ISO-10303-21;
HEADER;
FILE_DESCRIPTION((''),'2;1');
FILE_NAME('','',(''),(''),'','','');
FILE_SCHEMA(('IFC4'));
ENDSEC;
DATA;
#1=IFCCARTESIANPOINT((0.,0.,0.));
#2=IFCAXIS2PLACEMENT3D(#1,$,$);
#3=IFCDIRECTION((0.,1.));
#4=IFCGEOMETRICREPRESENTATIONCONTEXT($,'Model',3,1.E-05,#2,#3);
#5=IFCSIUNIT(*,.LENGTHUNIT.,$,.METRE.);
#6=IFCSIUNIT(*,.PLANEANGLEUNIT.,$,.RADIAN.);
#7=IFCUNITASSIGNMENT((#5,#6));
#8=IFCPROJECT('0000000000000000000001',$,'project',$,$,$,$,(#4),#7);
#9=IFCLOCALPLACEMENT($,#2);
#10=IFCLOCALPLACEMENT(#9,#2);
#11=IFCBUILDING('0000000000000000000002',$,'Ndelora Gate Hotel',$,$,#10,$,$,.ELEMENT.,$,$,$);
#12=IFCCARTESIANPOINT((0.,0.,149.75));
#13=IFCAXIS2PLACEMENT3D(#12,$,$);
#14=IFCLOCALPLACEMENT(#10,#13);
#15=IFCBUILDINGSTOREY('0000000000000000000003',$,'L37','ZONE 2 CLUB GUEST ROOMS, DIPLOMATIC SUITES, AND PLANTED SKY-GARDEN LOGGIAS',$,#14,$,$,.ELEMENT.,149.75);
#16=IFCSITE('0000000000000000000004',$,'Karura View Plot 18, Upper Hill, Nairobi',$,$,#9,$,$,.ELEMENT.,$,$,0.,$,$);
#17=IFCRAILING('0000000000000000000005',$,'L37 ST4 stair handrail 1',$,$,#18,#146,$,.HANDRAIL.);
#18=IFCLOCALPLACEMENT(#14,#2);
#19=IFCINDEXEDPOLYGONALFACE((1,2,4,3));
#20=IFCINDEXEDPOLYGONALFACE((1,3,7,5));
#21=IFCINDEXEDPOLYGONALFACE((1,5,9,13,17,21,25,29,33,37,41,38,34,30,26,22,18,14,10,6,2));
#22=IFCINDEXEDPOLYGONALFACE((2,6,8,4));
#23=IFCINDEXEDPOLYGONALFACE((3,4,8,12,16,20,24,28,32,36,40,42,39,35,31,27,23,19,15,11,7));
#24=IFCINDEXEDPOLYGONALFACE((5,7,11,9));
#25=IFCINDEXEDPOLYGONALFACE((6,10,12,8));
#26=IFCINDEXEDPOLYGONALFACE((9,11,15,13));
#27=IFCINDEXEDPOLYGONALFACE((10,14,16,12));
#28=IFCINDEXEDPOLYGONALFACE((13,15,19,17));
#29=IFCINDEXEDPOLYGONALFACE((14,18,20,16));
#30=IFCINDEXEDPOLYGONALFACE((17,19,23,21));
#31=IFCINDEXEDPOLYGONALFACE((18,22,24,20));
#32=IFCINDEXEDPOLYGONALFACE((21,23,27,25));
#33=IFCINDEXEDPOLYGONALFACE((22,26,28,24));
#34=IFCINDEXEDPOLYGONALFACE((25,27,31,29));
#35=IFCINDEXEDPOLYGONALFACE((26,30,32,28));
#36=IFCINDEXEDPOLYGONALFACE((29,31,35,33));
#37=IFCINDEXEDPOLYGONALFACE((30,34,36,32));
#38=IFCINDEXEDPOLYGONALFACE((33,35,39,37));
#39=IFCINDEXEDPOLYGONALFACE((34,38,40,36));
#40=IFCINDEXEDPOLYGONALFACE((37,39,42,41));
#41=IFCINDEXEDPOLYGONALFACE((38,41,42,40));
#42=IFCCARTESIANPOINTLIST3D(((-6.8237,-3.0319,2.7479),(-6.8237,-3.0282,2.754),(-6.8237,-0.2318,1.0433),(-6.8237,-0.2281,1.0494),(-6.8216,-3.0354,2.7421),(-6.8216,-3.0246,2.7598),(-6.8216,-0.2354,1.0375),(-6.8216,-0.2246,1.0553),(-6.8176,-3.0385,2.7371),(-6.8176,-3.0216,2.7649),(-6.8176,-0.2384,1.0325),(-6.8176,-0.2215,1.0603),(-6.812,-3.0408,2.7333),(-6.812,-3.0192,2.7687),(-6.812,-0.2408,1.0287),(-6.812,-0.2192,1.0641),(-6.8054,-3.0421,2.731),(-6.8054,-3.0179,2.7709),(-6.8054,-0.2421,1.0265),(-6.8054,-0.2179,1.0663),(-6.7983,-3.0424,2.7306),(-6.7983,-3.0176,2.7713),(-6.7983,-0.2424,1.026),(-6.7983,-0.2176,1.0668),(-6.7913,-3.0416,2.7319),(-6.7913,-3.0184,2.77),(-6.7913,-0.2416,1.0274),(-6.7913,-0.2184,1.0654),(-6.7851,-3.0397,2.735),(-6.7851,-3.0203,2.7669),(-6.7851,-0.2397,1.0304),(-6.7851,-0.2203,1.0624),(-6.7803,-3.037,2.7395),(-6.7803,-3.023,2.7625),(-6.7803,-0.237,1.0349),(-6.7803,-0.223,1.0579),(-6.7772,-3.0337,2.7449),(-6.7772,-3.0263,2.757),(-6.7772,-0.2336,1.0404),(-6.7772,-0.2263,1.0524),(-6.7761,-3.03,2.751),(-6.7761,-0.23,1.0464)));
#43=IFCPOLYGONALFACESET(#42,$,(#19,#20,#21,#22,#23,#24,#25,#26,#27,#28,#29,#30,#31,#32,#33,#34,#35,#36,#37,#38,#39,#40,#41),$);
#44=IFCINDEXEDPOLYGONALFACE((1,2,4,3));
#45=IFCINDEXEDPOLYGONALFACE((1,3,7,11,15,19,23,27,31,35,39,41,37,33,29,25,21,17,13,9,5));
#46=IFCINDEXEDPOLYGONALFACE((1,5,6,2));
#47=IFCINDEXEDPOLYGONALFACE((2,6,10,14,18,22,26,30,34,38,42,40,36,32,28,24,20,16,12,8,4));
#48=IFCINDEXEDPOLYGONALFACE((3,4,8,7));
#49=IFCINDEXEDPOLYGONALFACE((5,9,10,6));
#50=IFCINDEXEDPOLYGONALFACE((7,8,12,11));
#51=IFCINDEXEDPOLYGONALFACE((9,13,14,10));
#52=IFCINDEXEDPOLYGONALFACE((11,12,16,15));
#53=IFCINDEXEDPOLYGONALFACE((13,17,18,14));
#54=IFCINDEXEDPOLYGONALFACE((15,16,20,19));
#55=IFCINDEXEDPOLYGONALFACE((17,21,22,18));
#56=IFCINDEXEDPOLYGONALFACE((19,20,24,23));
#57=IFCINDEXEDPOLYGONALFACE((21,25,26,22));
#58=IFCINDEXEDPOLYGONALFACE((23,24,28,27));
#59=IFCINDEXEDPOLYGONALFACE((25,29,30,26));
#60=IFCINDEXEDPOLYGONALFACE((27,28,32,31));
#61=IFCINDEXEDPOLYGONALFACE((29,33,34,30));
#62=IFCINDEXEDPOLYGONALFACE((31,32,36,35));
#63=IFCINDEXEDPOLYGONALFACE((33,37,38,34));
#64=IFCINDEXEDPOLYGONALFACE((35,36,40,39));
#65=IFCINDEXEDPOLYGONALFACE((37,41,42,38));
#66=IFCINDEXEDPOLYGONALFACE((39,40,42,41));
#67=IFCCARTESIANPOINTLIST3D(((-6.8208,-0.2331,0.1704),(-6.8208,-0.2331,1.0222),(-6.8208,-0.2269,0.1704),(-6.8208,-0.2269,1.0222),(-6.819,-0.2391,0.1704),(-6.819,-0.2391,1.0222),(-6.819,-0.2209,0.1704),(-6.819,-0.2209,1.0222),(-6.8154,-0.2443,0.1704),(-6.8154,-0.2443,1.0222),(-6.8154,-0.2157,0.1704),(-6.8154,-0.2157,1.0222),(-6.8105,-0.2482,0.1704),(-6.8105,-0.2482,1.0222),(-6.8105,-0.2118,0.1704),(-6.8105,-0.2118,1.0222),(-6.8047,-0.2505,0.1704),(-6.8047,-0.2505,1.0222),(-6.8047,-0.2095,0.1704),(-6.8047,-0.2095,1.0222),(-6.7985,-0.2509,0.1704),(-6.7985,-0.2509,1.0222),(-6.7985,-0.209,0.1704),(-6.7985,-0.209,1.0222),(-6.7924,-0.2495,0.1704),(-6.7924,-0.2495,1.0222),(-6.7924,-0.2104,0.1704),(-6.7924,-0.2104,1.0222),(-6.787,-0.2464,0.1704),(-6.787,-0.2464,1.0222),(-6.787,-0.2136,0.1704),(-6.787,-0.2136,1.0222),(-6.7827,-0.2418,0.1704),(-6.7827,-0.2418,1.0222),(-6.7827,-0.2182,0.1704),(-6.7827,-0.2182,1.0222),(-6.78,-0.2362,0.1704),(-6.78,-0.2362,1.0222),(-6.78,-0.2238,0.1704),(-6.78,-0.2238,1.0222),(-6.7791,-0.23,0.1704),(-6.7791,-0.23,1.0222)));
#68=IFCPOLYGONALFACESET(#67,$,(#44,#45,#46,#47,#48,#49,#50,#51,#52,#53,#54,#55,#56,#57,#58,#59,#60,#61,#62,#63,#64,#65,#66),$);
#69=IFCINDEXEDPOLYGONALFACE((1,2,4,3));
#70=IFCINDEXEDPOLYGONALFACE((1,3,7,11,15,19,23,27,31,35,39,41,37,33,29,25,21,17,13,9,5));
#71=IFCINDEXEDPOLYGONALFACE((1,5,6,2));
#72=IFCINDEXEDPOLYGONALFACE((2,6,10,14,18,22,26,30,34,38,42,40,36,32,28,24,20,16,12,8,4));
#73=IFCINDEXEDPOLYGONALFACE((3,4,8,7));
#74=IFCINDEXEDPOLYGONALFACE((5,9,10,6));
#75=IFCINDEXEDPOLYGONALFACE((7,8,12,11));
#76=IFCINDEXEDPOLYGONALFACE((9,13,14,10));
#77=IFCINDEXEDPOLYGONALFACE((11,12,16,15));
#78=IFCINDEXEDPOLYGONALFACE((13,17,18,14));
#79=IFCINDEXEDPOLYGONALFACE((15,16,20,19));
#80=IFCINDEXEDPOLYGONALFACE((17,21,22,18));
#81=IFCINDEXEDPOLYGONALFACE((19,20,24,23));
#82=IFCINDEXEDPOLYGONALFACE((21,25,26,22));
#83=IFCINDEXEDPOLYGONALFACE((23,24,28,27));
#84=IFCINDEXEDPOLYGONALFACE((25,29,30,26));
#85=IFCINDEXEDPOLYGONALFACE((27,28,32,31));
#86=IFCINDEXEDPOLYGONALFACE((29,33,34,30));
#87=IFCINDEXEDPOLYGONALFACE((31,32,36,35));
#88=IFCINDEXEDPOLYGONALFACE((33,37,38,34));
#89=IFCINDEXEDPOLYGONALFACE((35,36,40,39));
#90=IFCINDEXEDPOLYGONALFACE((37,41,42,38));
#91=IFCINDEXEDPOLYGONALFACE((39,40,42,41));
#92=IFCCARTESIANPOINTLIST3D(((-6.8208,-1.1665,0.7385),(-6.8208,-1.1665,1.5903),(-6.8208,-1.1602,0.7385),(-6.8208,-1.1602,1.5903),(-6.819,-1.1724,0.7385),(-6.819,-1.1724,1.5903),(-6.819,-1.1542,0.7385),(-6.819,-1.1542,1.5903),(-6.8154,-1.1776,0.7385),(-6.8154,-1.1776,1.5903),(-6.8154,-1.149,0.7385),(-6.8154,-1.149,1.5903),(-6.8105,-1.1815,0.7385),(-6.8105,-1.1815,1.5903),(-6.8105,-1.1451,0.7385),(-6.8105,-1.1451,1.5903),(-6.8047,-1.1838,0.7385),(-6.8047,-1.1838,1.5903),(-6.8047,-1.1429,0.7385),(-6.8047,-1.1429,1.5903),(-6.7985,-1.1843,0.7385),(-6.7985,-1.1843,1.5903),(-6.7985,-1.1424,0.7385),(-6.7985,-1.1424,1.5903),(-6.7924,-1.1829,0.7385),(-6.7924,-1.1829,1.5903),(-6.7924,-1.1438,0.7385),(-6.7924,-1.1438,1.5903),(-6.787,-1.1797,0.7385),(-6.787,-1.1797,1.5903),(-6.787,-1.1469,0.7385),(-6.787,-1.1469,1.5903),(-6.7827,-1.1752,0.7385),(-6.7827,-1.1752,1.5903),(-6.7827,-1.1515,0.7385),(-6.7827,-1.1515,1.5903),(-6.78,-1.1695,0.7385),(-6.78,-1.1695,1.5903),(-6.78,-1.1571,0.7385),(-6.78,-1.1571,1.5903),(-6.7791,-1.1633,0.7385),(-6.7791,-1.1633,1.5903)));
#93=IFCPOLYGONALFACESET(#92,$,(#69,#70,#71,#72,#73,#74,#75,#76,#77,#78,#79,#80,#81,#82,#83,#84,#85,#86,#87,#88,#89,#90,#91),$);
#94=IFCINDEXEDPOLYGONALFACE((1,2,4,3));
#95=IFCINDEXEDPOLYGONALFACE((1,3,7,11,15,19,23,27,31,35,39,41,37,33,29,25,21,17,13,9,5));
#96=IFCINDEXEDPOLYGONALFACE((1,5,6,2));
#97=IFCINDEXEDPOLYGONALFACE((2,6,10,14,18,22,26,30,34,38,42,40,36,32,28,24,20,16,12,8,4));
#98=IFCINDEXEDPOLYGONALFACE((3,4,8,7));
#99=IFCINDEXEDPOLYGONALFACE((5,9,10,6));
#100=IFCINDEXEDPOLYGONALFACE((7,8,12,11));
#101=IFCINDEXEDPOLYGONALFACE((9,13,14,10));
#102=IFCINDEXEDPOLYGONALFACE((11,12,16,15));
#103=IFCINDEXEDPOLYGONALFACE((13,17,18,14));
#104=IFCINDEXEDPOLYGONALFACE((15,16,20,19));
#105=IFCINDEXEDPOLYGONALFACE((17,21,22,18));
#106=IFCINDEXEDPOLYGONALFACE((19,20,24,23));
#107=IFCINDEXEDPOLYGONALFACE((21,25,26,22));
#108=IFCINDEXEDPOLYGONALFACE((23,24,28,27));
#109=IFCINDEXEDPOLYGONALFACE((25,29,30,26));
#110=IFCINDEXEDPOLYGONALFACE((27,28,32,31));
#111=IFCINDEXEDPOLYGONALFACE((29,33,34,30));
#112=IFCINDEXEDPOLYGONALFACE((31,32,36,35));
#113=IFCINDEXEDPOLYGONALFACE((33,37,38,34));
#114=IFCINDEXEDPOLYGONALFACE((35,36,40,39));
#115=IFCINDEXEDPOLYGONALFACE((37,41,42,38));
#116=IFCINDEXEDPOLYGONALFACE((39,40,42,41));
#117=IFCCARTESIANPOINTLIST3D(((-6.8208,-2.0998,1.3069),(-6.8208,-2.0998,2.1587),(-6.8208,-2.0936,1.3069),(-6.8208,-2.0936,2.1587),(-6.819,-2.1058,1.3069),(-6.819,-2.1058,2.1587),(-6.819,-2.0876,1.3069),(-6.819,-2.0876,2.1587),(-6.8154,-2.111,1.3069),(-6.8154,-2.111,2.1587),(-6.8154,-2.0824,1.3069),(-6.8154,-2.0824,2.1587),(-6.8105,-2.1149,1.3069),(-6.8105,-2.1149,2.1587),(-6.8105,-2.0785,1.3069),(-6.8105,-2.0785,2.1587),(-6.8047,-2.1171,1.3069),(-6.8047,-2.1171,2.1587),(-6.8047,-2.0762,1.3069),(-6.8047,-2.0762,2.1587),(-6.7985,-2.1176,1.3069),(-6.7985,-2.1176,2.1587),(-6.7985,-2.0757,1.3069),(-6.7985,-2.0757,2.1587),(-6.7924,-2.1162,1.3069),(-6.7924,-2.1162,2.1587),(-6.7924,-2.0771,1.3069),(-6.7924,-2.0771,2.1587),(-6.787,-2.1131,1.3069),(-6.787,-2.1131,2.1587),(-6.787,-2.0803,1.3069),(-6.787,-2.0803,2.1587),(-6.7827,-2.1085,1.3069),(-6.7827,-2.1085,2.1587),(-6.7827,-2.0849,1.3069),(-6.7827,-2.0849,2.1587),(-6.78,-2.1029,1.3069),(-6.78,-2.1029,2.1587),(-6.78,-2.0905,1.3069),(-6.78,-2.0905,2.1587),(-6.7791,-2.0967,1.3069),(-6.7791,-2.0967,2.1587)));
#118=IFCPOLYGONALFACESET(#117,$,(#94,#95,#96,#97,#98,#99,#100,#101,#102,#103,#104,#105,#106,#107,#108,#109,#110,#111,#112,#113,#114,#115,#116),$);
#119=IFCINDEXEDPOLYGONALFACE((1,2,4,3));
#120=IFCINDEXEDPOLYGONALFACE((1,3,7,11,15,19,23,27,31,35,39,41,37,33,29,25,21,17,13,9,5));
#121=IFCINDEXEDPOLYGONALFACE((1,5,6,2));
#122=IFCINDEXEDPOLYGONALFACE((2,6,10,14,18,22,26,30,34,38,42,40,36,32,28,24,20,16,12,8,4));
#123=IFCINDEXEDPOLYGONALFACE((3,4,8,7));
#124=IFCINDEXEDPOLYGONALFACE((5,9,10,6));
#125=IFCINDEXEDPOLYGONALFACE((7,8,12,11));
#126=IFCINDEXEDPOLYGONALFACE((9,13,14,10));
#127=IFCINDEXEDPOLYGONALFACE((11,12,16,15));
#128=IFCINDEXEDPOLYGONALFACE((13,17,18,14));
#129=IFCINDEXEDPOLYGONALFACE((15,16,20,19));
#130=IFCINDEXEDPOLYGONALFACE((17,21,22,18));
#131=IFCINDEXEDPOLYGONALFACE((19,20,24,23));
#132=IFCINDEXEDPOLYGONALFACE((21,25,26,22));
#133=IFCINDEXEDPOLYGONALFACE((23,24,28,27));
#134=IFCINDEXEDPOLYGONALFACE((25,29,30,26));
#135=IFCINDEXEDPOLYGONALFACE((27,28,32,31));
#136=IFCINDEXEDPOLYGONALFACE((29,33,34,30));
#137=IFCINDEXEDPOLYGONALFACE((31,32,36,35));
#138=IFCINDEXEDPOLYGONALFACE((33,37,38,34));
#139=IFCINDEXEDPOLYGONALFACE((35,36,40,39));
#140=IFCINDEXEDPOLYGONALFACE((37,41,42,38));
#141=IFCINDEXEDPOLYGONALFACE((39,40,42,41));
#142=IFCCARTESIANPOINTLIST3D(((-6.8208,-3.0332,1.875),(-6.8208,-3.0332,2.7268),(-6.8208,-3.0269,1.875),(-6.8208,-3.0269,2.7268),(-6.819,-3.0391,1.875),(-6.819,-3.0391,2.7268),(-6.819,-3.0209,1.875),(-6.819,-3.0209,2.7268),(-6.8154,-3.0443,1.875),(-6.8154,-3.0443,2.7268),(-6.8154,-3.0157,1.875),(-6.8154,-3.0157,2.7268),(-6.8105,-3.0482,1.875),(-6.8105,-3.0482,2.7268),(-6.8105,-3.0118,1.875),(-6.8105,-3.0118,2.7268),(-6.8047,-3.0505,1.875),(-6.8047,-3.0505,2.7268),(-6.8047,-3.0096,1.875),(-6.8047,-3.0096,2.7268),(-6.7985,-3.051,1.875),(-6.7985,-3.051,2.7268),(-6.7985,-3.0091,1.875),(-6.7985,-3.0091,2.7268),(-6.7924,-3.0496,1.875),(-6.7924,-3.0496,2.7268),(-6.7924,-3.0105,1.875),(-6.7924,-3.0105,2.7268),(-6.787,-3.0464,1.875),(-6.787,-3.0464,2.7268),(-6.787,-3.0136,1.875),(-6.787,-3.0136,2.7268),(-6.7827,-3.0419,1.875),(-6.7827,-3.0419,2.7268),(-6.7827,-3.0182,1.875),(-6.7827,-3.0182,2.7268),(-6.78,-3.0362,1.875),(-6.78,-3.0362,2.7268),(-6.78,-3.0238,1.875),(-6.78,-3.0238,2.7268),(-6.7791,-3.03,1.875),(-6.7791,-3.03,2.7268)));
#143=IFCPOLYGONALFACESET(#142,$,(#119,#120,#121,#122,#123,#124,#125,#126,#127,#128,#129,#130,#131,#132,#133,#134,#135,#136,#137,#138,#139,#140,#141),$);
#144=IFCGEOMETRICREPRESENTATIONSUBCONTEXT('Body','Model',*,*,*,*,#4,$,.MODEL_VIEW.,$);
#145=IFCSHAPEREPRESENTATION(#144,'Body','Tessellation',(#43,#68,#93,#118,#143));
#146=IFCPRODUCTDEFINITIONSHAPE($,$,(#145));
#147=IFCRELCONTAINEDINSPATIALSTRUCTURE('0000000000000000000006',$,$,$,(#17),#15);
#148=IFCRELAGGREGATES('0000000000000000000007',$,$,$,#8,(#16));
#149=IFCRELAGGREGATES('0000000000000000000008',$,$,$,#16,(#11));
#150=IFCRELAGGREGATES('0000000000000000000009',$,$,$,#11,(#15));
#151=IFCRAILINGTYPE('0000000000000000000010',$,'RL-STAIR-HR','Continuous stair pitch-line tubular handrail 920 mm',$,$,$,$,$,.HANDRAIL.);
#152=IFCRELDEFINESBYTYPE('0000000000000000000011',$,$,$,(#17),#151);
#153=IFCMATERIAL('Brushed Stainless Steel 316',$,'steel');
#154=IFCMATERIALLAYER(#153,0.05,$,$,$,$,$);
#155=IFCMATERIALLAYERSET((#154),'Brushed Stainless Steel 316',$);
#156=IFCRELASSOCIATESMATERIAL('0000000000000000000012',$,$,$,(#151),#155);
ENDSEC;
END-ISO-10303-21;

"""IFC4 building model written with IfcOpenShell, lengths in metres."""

from ifc_helpers import new_model, si_unit, direction, frame, origin, origin_2d, place, context, subcontext, project, spatial, circle, extrude, material, layer, layer_set, type_object, element, save


model = new_model("IFC4")

# Units and contexts
model_context = context("Model", 3, precision=1e-05, world=origin(), true_north=direction((0.0, 1.0)))
body_context = subcontext(model_context, "Body", "Model", "MODEL_VIEW")
ifc_project = project(units=[si_unit("LENGTHUNIT", "METRE"), si_unit("PLANEANGLEUNIT", "RADIAN")], contexts=[model_context])

# Site, building, storey
site_placement = place(None, origin())
site = spatial("IfcSite", under=ifc_project, at=site_placement, Name="Karura View Plot 18, Upper Hill, Nairobi", CompositionType="ELEMENT", RefElevation=0.0)
building_placement = place(site_placement, origin())
building = spatial("IfcBuilding", under=site, at=building_placement, Name="Ndelora Gate Hotel", CompositionType="ELEMENT")
storey_placement = place(building_placement, frame((0.0, 0.0, 149.75)))
storey = spatial("IfcBuildingStorey", under=building, at=storey_placement, Name="L37", Description="ZONE 2 CLUB GUEST ROOMS, DIPLOMATIC SUITES, AND PLANTED SKY-GARDEN LOGGIAS", CompositionType="ELEMENT", Elevation=149.75)

# Railing
ifc_material_1 = material(Name="Brushed Stainless Steel 316", Category="steel")
ifc_layer_1 = layer(ifc_material_1, 0.05)
ifc_layer_set_1 = layer_set([ifc_layer_1], Name="Brushed Stainless Steel 316")
railing_type_1 = type_object("IfcRailingType", Name="RL-STAIR-HR", Description="Continuous stair pitch-line tubular handrail 920 mm", PredefinedType="HANDRAIL", material=ifc_layer_set_1)
railing_1_placement = place(storey_placement, frame((-6.8, -0.23, 0.1704)))
element("IfcRailing", 1, at=railing_1_placement, inside=storey, type_object=railing_type_1, Name="L37 ST4 stair handrail 1", PredefinedType="HANDRAIL", context=body_context, shape_type="SweptSolid", body=[
    extrude(circle(Radius=0.0239, at=origin_2d()), frame((0.0, 0.0, 0.876), z_axis=(0.0, -0.85417, 0.519994), x_axis=(1.0, 0.0, 0.0)), (0.0, 0.0, 1.0), 3.2781),
    extrude(circle(Radius=0.021, at=origin_2d()), origin(), (0.0, 0.0, 1.0), 0.8518),
    extrude(circle(Radius=0.021, at=origin_2d()), frame((0.0, -0.9333, 0.5681)), (0.0, 0.0, 1.0), 0.8518),
    extrude(circle(Radius=0.021, at=origin_2d()), frame((0.0, -1.8667, 1.1365)), (0.0, 0.0, 1.0), 0.8518),
    extrude(circle(Radius=0.021, at=origin_2d()), frame((0.0, -2.8, 1.7046)), (0.0, 0.0, 1.0), 0.8518),
])

save(model, "model.ifc")
